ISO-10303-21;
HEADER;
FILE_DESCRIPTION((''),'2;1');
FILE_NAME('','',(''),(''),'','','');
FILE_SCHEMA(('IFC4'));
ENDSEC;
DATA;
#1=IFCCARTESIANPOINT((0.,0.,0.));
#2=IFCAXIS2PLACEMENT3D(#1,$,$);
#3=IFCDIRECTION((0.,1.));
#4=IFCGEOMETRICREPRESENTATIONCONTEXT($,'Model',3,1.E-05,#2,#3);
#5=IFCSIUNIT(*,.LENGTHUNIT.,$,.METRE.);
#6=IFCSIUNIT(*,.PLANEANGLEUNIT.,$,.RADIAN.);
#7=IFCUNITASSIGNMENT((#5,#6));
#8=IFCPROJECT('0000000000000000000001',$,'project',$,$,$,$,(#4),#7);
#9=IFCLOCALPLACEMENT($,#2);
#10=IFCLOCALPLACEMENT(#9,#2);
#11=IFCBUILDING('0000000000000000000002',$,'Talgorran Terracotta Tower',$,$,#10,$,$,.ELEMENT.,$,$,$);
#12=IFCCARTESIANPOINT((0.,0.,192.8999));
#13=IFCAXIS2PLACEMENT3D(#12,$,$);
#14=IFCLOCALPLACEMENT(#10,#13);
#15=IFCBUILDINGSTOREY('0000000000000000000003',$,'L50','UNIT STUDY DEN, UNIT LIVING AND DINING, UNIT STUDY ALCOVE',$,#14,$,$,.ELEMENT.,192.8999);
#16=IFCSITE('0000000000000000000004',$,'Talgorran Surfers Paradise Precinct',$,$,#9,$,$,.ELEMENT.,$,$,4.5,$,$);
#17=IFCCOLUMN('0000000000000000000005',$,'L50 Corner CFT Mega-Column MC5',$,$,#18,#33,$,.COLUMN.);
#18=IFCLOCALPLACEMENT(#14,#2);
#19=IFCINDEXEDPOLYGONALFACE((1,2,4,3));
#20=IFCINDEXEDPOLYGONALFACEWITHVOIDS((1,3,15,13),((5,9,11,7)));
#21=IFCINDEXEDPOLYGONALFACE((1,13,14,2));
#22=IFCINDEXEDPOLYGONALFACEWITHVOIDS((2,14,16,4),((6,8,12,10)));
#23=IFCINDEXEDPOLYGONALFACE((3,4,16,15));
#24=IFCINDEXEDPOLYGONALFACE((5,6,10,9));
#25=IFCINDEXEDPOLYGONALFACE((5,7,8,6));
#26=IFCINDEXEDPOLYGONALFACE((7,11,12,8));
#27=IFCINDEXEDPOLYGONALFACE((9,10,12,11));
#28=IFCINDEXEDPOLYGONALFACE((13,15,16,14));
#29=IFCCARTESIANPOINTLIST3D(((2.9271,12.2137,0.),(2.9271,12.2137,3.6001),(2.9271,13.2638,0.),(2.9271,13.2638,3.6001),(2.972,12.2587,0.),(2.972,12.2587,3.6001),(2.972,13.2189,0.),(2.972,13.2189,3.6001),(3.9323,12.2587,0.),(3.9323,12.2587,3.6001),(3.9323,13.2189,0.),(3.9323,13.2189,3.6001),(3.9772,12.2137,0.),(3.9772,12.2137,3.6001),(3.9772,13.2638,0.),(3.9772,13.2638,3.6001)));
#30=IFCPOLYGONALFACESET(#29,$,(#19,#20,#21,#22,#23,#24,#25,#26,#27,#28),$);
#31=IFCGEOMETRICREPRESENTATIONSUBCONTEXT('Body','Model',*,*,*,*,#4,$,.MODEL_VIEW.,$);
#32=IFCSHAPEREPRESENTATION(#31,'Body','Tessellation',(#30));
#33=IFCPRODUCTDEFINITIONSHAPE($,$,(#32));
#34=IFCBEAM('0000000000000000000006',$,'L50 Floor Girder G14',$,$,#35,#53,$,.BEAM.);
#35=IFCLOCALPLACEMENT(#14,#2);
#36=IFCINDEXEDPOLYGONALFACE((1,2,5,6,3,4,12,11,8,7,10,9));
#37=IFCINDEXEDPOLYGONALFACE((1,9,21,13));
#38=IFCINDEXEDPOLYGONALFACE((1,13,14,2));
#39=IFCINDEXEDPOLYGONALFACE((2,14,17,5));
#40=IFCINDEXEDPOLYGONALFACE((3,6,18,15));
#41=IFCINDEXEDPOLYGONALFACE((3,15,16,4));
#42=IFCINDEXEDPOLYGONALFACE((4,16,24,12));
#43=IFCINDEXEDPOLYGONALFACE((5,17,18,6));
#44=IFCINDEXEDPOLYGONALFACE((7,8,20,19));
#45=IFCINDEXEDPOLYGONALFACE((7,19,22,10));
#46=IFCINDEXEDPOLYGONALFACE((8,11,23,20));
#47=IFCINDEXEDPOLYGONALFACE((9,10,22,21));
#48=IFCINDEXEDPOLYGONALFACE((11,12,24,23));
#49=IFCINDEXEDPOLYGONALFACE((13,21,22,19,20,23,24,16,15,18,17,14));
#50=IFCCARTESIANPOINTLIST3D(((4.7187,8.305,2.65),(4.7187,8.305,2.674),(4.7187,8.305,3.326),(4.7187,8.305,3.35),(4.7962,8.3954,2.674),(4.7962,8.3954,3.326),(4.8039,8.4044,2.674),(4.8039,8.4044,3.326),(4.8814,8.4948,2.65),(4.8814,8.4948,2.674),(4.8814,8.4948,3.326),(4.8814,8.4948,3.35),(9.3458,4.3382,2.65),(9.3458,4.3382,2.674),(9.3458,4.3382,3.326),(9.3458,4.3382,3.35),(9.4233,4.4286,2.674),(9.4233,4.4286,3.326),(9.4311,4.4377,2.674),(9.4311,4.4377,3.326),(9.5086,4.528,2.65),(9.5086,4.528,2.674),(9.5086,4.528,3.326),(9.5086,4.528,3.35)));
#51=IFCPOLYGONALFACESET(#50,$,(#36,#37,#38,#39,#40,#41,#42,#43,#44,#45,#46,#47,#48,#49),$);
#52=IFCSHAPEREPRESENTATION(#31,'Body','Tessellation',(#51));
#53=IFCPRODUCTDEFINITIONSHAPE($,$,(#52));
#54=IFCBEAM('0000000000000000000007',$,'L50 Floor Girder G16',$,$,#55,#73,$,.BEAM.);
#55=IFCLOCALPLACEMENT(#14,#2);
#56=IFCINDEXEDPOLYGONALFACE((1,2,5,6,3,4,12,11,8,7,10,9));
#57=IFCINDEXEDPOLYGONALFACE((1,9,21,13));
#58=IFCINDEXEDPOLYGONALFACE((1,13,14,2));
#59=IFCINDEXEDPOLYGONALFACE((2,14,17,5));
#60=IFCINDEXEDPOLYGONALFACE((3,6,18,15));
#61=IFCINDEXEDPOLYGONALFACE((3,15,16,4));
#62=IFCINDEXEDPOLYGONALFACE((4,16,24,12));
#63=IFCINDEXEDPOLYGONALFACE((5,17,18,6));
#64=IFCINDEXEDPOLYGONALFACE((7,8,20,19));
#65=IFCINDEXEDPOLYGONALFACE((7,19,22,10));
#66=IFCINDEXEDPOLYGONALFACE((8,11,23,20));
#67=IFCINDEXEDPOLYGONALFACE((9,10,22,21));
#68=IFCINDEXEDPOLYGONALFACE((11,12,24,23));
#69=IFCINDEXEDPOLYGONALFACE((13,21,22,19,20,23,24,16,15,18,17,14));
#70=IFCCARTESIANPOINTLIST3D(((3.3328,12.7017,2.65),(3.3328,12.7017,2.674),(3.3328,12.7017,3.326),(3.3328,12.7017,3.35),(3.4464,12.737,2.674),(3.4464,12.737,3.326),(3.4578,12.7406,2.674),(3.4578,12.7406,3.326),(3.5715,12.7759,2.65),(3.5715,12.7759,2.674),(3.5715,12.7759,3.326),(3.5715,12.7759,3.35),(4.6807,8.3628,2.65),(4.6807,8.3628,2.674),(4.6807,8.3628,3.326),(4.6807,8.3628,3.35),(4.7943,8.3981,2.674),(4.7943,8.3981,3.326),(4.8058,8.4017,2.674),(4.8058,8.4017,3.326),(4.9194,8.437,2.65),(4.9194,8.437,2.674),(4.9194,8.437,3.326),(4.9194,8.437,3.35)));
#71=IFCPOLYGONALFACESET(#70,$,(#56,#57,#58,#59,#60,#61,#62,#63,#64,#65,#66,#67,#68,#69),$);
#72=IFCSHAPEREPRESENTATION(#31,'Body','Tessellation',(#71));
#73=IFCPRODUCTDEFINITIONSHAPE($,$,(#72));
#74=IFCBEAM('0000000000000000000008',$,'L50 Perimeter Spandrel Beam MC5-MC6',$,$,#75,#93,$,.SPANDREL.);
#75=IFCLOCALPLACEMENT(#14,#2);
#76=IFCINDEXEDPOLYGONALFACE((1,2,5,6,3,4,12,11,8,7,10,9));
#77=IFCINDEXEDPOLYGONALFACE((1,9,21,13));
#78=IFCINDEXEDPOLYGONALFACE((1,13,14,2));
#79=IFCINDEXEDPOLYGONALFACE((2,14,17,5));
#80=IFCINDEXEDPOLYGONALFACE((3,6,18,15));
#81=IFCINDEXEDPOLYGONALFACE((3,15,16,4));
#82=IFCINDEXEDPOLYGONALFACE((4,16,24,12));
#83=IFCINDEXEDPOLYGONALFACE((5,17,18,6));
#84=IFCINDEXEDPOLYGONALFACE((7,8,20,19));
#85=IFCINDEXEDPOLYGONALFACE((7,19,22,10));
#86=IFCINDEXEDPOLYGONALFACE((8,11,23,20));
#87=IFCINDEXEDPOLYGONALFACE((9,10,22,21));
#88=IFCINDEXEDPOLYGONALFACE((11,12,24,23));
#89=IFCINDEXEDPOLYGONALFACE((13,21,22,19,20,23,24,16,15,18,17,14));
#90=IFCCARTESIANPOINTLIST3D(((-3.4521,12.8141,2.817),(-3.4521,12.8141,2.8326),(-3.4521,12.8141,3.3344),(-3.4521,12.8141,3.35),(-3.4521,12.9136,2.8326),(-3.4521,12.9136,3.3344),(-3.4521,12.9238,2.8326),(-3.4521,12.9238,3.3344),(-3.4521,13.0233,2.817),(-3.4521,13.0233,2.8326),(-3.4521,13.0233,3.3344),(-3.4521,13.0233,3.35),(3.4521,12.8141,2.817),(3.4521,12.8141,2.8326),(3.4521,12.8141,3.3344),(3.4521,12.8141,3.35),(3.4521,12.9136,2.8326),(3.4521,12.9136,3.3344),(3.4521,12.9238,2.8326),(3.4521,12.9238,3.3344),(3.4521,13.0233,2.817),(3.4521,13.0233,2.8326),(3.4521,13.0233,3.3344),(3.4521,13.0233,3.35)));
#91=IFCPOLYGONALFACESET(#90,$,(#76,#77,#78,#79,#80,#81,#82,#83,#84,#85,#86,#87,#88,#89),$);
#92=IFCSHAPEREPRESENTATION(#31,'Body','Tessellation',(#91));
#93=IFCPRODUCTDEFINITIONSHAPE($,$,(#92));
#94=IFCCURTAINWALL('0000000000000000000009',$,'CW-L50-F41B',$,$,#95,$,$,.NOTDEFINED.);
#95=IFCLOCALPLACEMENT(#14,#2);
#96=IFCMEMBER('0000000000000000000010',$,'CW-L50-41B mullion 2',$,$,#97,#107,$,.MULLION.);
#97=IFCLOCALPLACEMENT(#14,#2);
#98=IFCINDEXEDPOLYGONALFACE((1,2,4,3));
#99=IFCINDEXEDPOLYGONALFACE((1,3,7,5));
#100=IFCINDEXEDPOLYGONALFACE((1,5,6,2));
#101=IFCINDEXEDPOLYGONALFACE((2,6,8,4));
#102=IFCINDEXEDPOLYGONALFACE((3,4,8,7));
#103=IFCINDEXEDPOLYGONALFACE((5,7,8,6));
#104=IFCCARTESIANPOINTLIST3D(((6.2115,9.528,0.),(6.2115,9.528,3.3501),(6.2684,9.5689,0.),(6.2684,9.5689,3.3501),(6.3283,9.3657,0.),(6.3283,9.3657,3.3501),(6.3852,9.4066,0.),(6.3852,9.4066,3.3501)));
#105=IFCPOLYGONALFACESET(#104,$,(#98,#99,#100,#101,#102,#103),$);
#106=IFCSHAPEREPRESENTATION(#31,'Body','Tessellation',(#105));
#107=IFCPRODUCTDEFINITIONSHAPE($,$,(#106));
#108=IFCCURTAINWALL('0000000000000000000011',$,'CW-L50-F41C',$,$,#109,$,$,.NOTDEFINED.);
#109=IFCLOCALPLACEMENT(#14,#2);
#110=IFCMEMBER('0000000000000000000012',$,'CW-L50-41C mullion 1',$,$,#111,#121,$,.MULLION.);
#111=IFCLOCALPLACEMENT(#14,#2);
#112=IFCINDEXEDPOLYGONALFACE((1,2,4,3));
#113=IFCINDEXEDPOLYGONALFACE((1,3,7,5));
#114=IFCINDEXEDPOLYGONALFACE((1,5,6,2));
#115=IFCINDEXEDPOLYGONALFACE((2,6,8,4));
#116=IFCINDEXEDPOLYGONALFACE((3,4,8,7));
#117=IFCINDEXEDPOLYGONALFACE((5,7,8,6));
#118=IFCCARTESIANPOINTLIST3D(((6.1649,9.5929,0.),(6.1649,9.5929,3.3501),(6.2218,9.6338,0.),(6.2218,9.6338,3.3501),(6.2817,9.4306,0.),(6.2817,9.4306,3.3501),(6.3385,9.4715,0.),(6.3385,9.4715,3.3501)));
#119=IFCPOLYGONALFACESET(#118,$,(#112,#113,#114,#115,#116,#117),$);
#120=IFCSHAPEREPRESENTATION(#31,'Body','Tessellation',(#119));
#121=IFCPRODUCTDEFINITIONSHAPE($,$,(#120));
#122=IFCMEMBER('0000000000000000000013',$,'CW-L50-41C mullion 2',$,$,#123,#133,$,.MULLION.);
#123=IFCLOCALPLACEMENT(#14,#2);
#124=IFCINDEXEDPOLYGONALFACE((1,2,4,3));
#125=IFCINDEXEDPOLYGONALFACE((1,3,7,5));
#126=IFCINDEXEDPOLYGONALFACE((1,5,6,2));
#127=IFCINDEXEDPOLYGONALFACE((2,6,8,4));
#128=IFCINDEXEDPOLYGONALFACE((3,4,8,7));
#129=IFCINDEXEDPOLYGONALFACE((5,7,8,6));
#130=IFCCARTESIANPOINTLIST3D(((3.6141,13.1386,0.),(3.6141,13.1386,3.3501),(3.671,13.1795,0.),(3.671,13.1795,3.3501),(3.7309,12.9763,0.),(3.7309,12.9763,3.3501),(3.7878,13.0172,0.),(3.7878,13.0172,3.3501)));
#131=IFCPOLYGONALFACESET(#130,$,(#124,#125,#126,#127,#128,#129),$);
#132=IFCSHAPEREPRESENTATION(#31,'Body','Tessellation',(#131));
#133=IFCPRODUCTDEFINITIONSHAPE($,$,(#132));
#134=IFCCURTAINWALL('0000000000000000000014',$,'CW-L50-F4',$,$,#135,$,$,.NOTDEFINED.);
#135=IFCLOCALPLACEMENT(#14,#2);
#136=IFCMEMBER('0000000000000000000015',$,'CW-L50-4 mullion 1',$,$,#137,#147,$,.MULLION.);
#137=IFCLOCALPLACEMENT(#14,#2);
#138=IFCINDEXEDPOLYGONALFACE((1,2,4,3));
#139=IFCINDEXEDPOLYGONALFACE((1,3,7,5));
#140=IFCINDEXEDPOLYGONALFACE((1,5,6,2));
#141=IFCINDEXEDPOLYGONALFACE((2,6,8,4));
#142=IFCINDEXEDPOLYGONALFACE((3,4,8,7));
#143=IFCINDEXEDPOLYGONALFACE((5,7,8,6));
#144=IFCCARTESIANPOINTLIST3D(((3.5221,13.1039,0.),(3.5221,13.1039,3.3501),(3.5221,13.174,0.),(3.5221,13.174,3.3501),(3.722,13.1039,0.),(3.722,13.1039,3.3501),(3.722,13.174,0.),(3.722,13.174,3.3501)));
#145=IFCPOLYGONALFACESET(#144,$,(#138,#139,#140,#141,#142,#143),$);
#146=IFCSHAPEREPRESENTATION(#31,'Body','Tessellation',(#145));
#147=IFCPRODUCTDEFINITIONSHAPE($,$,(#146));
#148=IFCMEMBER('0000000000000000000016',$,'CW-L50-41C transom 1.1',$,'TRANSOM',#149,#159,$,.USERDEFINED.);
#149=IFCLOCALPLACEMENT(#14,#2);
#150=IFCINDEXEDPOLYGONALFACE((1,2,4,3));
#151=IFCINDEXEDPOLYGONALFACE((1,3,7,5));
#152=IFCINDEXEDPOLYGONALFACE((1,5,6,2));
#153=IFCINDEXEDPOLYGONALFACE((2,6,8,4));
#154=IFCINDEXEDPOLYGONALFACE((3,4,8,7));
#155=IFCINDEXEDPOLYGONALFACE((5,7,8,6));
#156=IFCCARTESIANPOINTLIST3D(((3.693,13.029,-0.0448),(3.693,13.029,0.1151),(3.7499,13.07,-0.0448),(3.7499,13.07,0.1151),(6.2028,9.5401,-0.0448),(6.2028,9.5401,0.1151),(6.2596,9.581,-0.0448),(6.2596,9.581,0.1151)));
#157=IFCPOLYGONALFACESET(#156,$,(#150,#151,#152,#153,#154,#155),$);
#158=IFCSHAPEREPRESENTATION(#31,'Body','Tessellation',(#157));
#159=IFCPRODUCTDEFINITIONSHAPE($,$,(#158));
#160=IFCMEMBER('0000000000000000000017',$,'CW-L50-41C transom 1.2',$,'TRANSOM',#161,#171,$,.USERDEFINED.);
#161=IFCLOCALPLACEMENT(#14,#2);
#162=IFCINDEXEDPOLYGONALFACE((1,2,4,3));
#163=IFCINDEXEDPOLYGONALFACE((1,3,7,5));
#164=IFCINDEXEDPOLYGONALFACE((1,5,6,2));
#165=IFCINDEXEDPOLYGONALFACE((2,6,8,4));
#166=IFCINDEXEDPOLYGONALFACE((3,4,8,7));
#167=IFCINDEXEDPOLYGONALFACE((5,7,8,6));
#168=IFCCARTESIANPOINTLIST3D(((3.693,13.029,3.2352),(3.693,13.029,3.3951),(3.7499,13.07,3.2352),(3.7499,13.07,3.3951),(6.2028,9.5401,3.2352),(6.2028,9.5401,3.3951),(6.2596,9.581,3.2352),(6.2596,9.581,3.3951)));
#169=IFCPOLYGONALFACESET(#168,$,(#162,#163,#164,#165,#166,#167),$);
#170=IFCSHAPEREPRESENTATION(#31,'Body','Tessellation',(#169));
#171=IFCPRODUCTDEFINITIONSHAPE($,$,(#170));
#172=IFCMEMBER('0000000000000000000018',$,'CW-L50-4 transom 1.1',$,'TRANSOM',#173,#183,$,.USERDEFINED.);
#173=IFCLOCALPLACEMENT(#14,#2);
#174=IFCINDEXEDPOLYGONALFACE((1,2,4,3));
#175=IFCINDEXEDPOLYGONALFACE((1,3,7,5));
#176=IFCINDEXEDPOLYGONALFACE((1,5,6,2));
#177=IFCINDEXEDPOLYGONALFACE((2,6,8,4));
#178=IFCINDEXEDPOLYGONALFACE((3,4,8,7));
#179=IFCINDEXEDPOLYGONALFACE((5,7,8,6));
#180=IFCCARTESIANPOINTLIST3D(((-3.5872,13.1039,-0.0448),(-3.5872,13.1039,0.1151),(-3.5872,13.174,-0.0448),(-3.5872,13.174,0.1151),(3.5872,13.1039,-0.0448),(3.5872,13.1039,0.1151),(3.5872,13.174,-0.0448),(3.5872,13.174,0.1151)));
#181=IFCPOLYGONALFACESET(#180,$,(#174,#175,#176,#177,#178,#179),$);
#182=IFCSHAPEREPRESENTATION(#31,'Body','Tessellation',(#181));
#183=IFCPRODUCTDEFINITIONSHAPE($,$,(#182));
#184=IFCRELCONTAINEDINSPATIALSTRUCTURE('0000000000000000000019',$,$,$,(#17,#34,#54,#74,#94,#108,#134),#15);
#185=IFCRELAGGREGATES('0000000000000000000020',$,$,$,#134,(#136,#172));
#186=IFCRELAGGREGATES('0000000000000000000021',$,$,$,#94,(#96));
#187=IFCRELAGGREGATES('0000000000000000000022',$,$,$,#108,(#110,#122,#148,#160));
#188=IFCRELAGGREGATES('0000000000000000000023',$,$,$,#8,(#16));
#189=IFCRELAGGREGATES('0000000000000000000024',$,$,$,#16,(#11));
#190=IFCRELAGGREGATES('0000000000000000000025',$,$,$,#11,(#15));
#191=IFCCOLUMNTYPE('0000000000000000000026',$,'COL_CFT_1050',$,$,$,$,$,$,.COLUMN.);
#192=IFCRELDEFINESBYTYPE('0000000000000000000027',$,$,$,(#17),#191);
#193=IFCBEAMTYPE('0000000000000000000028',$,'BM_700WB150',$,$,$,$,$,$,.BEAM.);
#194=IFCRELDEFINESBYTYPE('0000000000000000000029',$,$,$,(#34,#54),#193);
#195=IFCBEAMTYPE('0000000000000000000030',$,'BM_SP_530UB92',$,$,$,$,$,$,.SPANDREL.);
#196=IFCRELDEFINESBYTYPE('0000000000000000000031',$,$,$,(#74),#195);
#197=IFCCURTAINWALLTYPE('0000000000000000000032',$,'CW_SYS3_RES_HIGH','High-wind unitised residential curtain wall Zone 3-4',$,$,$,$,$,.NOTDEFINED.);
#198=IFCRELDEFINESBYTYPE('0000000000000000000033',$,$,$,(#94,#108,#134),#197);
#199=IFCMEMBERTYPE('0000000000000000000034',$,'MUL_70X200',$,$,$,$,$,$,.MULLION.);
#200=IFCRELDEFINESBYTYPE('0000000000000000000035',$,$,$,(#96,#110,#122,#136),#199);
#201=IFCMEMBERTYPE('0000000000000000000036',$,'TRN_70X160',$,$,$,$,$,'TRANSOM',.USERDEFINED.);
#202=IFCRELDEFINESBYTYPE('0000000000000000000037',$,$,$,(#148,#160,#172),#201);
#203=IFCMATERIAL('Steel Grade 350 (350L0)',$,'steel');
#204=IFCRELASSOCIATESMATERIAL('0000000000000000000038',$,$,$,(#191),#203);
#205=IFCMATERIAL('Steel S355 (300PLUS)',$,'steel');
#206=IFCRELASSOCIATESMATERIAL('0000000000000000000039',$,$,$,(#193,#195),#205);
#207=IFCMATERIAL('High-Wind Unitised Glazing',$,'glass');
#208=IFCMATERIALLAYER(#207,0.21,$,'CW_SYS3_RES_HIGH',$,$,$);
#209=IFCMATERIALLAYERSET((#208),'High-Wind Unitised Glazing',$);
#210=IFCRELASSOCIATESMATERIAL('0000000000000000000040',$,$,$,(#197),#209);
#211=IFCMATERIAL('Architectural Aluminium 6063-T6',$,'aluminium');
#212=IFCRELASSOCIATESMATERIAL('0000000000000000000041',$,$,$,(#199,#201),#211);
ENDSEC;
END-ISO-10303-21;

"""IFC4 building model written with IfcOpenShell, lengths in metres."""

from ifc_helpers import new_model, si_unit, direction, frame, origin, origin_2d, place, context, subcontext, project, spatial, rectangle, hollow_rectangle, i_section, extrude, material, layer, layer_set, material_profile, profile_set, type_object, element, aggregate, save


model = new_model("IFC4")

# Units and contexts
model_context = context("Model", 3, precision=1e-05, world=origin(), true_north=direction((0.0, 1.0)))
body_context = subcontext(model_context, "Body", "Model", "MODEL_VIEW")
ifc_project = project(units=[si_unit("LENGTHUNIT", "METRE"), si_unit("PLANEANGLEUNIT", "RADIAN")], contexts=[model_context])

# Site, building, storey
site_placement = place(None, origin())
site = spatial("IfcSite", under=ifc_project, at=site_placement, Name="Talgorran Surfers Paradise Precinct", CompositionType="ELEMENT", RefElevation=4.5)
building_placement = place(site_placement, origin())
building = spatial("IfcBuilding", under=site, at=building_placement, Name="Talgorran Terracotta Tower", CompositionType="ELEMENT")
storey_placement = place(building_placement, frame((0.0, 0.0, 192.8999)))
storey = spatial("IfcBuildingStorey", under=building, at=storey_placement, Name="L50", Description="UNIT STUDY DEN, UNIT LIVING AND DINING, UNIT STUDY ALCOVE", CompositionType="ELEMENT", Elevation=192.8999)

# Column
ifc_material_1 = material(Name="Steel Grade 350 (350L0)", Category="steel")
ifc_material_profile_1 = material_profile(ifc_material_1, hollow_rectangle(XDim=1.05, YDim=1.05, WallThickness=0.0449, at=origin_2d()), Name="CFT1050X1050X45")
ifc_profile_set_1 = profile_set([ifc_material_profile_1], Name="Steel Grade 350 (350L0)")
column_type = type_object("IfcColumnType", Name="COL_CFT_1050", PredefinedType="COLUMN", material=ifc_profile_set_1)
column_placement = place(storey_placement, frame((3.4521, 12.7388, 0.0), z_axis=(0.0, 0.0, 1.0), x_axis=(1.0, 0.0, 0.0)))
element("IfcColumn", 1, at=column_placement, inside=storey, type_object=column_type, Name="L50 Corner CFT Mega-Column MC5", PredefinedType="COLUMN", context=body_context, shape_type="SweptSolid", body=[
    extrude(hollow_rectangle(XDim=1.05, YDim=1.05, WallThickness=0.0449, at=origin_2d()), origin(), (0.0, 0.0, 1.0), 3.6001),
])

# Beams
ifc_material_2 = material(Name="Steel S355 (300PLUS)", Category="steel")
ifc_material_profile_2 = material_profile(ifc_material_2, i_section(OverallWidth=0.25, OverallDepth=0.7, WebThickness=0.012, FlangeThickness=0.0239, at=origin_2d()), Name="700WB150")
ifc_profile_set_2 = profile_set([ifc_material_profile_2], Name="Steel S355 (300PLUS)")
beam_type_1 = type_object("IfcBeamType", Name="BM_700WB150", PredefinedType="BEAM", material=ifc_profile_set_2)
beam_1_placement = place(storey_placement, frame((4.8, 8.3999, 3.0), z_axis=(0.759206, -0.650851, 0.0), x_axis=(0.650851, 0.759206, 0.0)))
element("IfcBeam", 2, at=beam_1_placement, inside=storey, type_object=beam_type_1, Name="L50 Floor Girder G14", PredefinedType="BEAM", context=body_context, shape_type="SweptSolid", body=[
    extrude(i_section(OverallWidth=0.25, OverallDepth=0.7, WebThickness=0.012, FlangeThickness=0.0239, at=origin_2d()), origin(), (0.0, 0.0, 1.0), 6.0947),
])
beam_2_placement = place(storey_placement, frame((4.8, 8.3999, 3.0), z_axis=(-0.296671, 0.95498, 0.0), x_axis=(-0.95498, -0.296671, 0.0)))
element("IfcBeam", 3, at=beam_2_placement, inside=storey, type_object=beam_type_1, Name="L50 Floor Girder G16", PredefinedType="BEAM", context=body_context, shape_type="SweptSolid", body=[
    extrude(i_section(OverallWidth=0.25, OverallDepth=0.7, WebThickness=0.012, FlangeThickness=0.0239, at=origin_2d()), origin(), (0.0, 0.0, 1.0), 4.5435),
])
ifc_material_profile_3 = material_profile(ifc_material_2, i_section(OverallWidth=0.2092, OverallDepth=0.533, WebThickness=0.0103, FlangeThickness=0.0156, at=origin_2d()), Name="530UB92.4")
ifc_profile_set_3 = profile_set([ifc_material_profile_3], Name="Steel S355 (300PLUS)")
beam_type_2 = type_object("IfcBeamType", Name="BM_SP_530UB92", PredefinedType="SPANDREL", material=ifc_profile_set_3)
beam_3_placement = place(storey_placement, frame((3.4521, 12.9187, 3.0835), z_axis=(-1.0, 0.0, 0.0), x_axis=(0.0, -1.0, 0.0)))
element("IfcBeam", 4, at=beam_3_placement, inside=storey, type_object=beam_type_2, Name="L50 Perimeter Spandrel Beam MC5-MC6", PredefinedType="SPANDREL", context=body_context, shape_type="SweptSolid", body=[
    extrude(i_section(OverallWidth=0.2092, OverallDepth=0.533, WebThickness=0.0103, FlangeThickness=0.0156, at=origin_2d()), origin(), (0.0, 0.0, 1.0), 6.9043),
])

# Curtain wall, member
ifc_material_3 = material(Name="High-Wind Unitised Glazing", Category="glass")
ifc_layer_1 = layer(ifc_material_3, 0.21, Name="CW_SYS3_RES_HIGH")
ifc_layer_set_1 = layer_set([ifc_layer_1], Name="High-Wind Unitised Glazing")
curtain_wall_type = type_object("IfcCurtainWallType", Name="CW_SYS3_RES_HIGH", Description="High-wind unitised residential curtain wall Zone 3-4", PredefinedType="NOTDEFINED", material=ifc_layer_set_1)
curtain_wall_1_placement = place(storey_placement, origin())
curtain_wall_1 = element("IfcCurtainWall", 5, at=curtain_wall_1_placement, inside=storey, type_object=curtain_wall_type, Name="CW-L50-F41B", PredefinedType="NOTDEFINED")
ifc_material_4 = material(Name="Architectural Aluminium 6063-T6", Category="aluminium")
ifc_material_profile_4 = material_profile(ifc_material_4, rectangle(XDim=0.0701, YDim=0.2, at=origin_2d()), Name="CWM70X200")
ifc_profile_set_4 = profile_set([ifc_material_profile_4], Name="Architectural Aluminium 6063-T6")
member_type_1 = type_object("IfcMemberType", Name="MUL_70X200", PredefinedType="MULLION", material=ifc_profile_set_4)
member_1_placement = place(storey_placement, frame((6.2983, 9.4673, 0.0), z_axis=(0.0, 0.0, 1.0), x_axis=(-0.811735, -0.584026, 0.0)))
member_1 = element("IfcMember", 6, at=member_1_placement, type_object=member_type_1, Name="CW-L50-41B mullion 2", PredefinedType="MULLION", context=body_context, shape_type="SweptSolid", body=[
    extrude(rectangle(XDim=0.0701, YDim=0.2, at=origin_2d()), origin(), (0.0, 0.0, 1.0), 3.3501),
])

# Curtain wall, members
curtain_wall_2_placement = place(storey_placement, origin())
curtain_wall_2 = element("IfcCurtainWall", 7, at=curtain_wall_2_placement, inside=storey, type_object=curtain_wall_type, Name="CW-L50-F41C", PredefinedType="NOTDEFINED")
member_2_placement = place(storey_placement, frame((6.2517, 9.5322, 0.0), z_axis=(0.0, 0.0, 1.0), x_axis=(-0.811769, -0.583978, 0.0)))
member_2 = element("IfcMember", 8, at=member_2_placement, type_object=member_type_1, Name="CW-L50-41C mullion 1", PredefinedType="MULLION", context=body_context, shape_type="SweptSolid", body=[
    extrude(rectangle(XDim=0.0701, YDim=0.2, at=origin_2d()), origin(), (0.0, 0.0, 1.0), 3.3501),
])
member_3_placement = place(storey_placement, frame((3.7009, 13.0779, 0.0), z_axis=(0.0, 0.0, 1.0), x_axis=(-0.811769, -0.583978, 0.0)))
member_3 = element("IfcMember", 9, at=member_3_placement, type_object=member_type_1, Name="CW-L50-41C mullion 2", PredefinedType="MULLION", context=body_context, shape_type="SweptSolid", body=[
    extrude(rectangle(XDim=0.0701, YDim=0.2, at=origin_2d()), origin(), (0.0, 0.0, 1.0), 3.3501),
])

# Curtain wall, member
curtain_wall_3_placement = place(storey_placement, origin())
curtain_wall_3 = element("IfcCurtainWall", 10, at=curtain_wall_3_placement, inside=storey, type_object=curtain_wall_type, Name="CW-L50-F4", PredefinedType="NOTDEFINED")
member_4_placement = place(storey_placement, frame((3.6221, 13.1389, 0.0), z_axis=(0.0, 0.0, 1.0), x_axis=(0.0, -1.0, 0.0)))
member_4 = element("IfcMember", 11, at=member_4_placement, type_object=member_type_1, Name="CW-L50-4 mullion 1", PredefinedType="MULLION", context=body_context, shape_type="SweptSolid", body=[
    extrude(rectangle(XDim=0.0701, YDim=0.2, at=origin_2d()), origin(), (0.0, 0.0, 1.0), 3.3501),
])

# Members
ifc_material_profile_5 = material_profile(ifc_material_4, rectangle(XDim=0.0701, YDim=0.1599, at=origin_2d()), Name="CWT70X160")
ifc_profile_set_5 = profile_set([ifc_material_profile_5], Name="Architectural Aluminium 6063-T6")
member_type_2 = type_object("IfcMemberType", Name="TRN_70X160", ElementType="TRANSOM", PredefinedType="USERDEFINED", material=ifc_profile_set_5)
member_5_placement = place(storey_placement, frame((6.2312, 9.5605, 0.0352), z_axis=(-0.583949, 0.811791, 0.0), x_axis=(-0.811791, -0.583949, 0.0)))
member_5 = element("IfcMember", 12, at=member_5_placement, type_object=member_type_2, Name="CW-L50-41C transom 1.1", ObjectType="TRANSOM", PredefinedType="USERDEFINED", context=body_context, shape_type="SweptSolid", body=[
    extrude(rectangle(XDim=0.0701, YDim=0.1599, at=origin_2d()), origin(), (0.0, 0.0, 1.0), 4.2979),
])
member_6_placement = place(storey_placement, frame((6.2312, 9.5605, 3.3152), z_axis=(-0.583949, 0.811791, 0.0), x_axis=(-0.811791, -0.583949, 0.0)))
member_6 = element("IfcMember", 13, at=member_6_placement, type_object=member_type_2, Name="CW-L50-41C transom 1.2", ObjectType="TRANSOM", PredefinedType="USERDEFINED", context=body_context, shape_type="SweptSolid", body=[
    extrude(rectangle(XDim=0.0701, YDim=0.1599, at=origin_2d()), origin(), (0.0, 0.0, 1.0), 4.2979),
])
member_7_placement = place(storey_placement, frame((3.5872, 13.1389, 0.0352), z_axis=(-1.0, 0.0, 0.0), x_axis=(0.0, -1.0, 0.0)))
member_7 = element("IfcMember", 14, at=member_7_placement, type_object=member_type_2, Name="CW-L50-4 transom 1.1", ObjectType="TRANSOM", PredefinedType="USERDEFINED", context=body_context, shape_type="SweptSolid", body=[
    extrude(rectangle(XDim=0.0701, YDim=0.1599, at=origin_2d()), origin(), (0.0, 0.0, 1.0), 7.1743),
])

aggregate(curtain_wall_3, [member_4, member_7])
aggregate(curtain_wall_1, [member_1])
aggregate(curtain_wall_2, [member_2, member_3, member_5, member_6])

save(model, "model.ifc")
